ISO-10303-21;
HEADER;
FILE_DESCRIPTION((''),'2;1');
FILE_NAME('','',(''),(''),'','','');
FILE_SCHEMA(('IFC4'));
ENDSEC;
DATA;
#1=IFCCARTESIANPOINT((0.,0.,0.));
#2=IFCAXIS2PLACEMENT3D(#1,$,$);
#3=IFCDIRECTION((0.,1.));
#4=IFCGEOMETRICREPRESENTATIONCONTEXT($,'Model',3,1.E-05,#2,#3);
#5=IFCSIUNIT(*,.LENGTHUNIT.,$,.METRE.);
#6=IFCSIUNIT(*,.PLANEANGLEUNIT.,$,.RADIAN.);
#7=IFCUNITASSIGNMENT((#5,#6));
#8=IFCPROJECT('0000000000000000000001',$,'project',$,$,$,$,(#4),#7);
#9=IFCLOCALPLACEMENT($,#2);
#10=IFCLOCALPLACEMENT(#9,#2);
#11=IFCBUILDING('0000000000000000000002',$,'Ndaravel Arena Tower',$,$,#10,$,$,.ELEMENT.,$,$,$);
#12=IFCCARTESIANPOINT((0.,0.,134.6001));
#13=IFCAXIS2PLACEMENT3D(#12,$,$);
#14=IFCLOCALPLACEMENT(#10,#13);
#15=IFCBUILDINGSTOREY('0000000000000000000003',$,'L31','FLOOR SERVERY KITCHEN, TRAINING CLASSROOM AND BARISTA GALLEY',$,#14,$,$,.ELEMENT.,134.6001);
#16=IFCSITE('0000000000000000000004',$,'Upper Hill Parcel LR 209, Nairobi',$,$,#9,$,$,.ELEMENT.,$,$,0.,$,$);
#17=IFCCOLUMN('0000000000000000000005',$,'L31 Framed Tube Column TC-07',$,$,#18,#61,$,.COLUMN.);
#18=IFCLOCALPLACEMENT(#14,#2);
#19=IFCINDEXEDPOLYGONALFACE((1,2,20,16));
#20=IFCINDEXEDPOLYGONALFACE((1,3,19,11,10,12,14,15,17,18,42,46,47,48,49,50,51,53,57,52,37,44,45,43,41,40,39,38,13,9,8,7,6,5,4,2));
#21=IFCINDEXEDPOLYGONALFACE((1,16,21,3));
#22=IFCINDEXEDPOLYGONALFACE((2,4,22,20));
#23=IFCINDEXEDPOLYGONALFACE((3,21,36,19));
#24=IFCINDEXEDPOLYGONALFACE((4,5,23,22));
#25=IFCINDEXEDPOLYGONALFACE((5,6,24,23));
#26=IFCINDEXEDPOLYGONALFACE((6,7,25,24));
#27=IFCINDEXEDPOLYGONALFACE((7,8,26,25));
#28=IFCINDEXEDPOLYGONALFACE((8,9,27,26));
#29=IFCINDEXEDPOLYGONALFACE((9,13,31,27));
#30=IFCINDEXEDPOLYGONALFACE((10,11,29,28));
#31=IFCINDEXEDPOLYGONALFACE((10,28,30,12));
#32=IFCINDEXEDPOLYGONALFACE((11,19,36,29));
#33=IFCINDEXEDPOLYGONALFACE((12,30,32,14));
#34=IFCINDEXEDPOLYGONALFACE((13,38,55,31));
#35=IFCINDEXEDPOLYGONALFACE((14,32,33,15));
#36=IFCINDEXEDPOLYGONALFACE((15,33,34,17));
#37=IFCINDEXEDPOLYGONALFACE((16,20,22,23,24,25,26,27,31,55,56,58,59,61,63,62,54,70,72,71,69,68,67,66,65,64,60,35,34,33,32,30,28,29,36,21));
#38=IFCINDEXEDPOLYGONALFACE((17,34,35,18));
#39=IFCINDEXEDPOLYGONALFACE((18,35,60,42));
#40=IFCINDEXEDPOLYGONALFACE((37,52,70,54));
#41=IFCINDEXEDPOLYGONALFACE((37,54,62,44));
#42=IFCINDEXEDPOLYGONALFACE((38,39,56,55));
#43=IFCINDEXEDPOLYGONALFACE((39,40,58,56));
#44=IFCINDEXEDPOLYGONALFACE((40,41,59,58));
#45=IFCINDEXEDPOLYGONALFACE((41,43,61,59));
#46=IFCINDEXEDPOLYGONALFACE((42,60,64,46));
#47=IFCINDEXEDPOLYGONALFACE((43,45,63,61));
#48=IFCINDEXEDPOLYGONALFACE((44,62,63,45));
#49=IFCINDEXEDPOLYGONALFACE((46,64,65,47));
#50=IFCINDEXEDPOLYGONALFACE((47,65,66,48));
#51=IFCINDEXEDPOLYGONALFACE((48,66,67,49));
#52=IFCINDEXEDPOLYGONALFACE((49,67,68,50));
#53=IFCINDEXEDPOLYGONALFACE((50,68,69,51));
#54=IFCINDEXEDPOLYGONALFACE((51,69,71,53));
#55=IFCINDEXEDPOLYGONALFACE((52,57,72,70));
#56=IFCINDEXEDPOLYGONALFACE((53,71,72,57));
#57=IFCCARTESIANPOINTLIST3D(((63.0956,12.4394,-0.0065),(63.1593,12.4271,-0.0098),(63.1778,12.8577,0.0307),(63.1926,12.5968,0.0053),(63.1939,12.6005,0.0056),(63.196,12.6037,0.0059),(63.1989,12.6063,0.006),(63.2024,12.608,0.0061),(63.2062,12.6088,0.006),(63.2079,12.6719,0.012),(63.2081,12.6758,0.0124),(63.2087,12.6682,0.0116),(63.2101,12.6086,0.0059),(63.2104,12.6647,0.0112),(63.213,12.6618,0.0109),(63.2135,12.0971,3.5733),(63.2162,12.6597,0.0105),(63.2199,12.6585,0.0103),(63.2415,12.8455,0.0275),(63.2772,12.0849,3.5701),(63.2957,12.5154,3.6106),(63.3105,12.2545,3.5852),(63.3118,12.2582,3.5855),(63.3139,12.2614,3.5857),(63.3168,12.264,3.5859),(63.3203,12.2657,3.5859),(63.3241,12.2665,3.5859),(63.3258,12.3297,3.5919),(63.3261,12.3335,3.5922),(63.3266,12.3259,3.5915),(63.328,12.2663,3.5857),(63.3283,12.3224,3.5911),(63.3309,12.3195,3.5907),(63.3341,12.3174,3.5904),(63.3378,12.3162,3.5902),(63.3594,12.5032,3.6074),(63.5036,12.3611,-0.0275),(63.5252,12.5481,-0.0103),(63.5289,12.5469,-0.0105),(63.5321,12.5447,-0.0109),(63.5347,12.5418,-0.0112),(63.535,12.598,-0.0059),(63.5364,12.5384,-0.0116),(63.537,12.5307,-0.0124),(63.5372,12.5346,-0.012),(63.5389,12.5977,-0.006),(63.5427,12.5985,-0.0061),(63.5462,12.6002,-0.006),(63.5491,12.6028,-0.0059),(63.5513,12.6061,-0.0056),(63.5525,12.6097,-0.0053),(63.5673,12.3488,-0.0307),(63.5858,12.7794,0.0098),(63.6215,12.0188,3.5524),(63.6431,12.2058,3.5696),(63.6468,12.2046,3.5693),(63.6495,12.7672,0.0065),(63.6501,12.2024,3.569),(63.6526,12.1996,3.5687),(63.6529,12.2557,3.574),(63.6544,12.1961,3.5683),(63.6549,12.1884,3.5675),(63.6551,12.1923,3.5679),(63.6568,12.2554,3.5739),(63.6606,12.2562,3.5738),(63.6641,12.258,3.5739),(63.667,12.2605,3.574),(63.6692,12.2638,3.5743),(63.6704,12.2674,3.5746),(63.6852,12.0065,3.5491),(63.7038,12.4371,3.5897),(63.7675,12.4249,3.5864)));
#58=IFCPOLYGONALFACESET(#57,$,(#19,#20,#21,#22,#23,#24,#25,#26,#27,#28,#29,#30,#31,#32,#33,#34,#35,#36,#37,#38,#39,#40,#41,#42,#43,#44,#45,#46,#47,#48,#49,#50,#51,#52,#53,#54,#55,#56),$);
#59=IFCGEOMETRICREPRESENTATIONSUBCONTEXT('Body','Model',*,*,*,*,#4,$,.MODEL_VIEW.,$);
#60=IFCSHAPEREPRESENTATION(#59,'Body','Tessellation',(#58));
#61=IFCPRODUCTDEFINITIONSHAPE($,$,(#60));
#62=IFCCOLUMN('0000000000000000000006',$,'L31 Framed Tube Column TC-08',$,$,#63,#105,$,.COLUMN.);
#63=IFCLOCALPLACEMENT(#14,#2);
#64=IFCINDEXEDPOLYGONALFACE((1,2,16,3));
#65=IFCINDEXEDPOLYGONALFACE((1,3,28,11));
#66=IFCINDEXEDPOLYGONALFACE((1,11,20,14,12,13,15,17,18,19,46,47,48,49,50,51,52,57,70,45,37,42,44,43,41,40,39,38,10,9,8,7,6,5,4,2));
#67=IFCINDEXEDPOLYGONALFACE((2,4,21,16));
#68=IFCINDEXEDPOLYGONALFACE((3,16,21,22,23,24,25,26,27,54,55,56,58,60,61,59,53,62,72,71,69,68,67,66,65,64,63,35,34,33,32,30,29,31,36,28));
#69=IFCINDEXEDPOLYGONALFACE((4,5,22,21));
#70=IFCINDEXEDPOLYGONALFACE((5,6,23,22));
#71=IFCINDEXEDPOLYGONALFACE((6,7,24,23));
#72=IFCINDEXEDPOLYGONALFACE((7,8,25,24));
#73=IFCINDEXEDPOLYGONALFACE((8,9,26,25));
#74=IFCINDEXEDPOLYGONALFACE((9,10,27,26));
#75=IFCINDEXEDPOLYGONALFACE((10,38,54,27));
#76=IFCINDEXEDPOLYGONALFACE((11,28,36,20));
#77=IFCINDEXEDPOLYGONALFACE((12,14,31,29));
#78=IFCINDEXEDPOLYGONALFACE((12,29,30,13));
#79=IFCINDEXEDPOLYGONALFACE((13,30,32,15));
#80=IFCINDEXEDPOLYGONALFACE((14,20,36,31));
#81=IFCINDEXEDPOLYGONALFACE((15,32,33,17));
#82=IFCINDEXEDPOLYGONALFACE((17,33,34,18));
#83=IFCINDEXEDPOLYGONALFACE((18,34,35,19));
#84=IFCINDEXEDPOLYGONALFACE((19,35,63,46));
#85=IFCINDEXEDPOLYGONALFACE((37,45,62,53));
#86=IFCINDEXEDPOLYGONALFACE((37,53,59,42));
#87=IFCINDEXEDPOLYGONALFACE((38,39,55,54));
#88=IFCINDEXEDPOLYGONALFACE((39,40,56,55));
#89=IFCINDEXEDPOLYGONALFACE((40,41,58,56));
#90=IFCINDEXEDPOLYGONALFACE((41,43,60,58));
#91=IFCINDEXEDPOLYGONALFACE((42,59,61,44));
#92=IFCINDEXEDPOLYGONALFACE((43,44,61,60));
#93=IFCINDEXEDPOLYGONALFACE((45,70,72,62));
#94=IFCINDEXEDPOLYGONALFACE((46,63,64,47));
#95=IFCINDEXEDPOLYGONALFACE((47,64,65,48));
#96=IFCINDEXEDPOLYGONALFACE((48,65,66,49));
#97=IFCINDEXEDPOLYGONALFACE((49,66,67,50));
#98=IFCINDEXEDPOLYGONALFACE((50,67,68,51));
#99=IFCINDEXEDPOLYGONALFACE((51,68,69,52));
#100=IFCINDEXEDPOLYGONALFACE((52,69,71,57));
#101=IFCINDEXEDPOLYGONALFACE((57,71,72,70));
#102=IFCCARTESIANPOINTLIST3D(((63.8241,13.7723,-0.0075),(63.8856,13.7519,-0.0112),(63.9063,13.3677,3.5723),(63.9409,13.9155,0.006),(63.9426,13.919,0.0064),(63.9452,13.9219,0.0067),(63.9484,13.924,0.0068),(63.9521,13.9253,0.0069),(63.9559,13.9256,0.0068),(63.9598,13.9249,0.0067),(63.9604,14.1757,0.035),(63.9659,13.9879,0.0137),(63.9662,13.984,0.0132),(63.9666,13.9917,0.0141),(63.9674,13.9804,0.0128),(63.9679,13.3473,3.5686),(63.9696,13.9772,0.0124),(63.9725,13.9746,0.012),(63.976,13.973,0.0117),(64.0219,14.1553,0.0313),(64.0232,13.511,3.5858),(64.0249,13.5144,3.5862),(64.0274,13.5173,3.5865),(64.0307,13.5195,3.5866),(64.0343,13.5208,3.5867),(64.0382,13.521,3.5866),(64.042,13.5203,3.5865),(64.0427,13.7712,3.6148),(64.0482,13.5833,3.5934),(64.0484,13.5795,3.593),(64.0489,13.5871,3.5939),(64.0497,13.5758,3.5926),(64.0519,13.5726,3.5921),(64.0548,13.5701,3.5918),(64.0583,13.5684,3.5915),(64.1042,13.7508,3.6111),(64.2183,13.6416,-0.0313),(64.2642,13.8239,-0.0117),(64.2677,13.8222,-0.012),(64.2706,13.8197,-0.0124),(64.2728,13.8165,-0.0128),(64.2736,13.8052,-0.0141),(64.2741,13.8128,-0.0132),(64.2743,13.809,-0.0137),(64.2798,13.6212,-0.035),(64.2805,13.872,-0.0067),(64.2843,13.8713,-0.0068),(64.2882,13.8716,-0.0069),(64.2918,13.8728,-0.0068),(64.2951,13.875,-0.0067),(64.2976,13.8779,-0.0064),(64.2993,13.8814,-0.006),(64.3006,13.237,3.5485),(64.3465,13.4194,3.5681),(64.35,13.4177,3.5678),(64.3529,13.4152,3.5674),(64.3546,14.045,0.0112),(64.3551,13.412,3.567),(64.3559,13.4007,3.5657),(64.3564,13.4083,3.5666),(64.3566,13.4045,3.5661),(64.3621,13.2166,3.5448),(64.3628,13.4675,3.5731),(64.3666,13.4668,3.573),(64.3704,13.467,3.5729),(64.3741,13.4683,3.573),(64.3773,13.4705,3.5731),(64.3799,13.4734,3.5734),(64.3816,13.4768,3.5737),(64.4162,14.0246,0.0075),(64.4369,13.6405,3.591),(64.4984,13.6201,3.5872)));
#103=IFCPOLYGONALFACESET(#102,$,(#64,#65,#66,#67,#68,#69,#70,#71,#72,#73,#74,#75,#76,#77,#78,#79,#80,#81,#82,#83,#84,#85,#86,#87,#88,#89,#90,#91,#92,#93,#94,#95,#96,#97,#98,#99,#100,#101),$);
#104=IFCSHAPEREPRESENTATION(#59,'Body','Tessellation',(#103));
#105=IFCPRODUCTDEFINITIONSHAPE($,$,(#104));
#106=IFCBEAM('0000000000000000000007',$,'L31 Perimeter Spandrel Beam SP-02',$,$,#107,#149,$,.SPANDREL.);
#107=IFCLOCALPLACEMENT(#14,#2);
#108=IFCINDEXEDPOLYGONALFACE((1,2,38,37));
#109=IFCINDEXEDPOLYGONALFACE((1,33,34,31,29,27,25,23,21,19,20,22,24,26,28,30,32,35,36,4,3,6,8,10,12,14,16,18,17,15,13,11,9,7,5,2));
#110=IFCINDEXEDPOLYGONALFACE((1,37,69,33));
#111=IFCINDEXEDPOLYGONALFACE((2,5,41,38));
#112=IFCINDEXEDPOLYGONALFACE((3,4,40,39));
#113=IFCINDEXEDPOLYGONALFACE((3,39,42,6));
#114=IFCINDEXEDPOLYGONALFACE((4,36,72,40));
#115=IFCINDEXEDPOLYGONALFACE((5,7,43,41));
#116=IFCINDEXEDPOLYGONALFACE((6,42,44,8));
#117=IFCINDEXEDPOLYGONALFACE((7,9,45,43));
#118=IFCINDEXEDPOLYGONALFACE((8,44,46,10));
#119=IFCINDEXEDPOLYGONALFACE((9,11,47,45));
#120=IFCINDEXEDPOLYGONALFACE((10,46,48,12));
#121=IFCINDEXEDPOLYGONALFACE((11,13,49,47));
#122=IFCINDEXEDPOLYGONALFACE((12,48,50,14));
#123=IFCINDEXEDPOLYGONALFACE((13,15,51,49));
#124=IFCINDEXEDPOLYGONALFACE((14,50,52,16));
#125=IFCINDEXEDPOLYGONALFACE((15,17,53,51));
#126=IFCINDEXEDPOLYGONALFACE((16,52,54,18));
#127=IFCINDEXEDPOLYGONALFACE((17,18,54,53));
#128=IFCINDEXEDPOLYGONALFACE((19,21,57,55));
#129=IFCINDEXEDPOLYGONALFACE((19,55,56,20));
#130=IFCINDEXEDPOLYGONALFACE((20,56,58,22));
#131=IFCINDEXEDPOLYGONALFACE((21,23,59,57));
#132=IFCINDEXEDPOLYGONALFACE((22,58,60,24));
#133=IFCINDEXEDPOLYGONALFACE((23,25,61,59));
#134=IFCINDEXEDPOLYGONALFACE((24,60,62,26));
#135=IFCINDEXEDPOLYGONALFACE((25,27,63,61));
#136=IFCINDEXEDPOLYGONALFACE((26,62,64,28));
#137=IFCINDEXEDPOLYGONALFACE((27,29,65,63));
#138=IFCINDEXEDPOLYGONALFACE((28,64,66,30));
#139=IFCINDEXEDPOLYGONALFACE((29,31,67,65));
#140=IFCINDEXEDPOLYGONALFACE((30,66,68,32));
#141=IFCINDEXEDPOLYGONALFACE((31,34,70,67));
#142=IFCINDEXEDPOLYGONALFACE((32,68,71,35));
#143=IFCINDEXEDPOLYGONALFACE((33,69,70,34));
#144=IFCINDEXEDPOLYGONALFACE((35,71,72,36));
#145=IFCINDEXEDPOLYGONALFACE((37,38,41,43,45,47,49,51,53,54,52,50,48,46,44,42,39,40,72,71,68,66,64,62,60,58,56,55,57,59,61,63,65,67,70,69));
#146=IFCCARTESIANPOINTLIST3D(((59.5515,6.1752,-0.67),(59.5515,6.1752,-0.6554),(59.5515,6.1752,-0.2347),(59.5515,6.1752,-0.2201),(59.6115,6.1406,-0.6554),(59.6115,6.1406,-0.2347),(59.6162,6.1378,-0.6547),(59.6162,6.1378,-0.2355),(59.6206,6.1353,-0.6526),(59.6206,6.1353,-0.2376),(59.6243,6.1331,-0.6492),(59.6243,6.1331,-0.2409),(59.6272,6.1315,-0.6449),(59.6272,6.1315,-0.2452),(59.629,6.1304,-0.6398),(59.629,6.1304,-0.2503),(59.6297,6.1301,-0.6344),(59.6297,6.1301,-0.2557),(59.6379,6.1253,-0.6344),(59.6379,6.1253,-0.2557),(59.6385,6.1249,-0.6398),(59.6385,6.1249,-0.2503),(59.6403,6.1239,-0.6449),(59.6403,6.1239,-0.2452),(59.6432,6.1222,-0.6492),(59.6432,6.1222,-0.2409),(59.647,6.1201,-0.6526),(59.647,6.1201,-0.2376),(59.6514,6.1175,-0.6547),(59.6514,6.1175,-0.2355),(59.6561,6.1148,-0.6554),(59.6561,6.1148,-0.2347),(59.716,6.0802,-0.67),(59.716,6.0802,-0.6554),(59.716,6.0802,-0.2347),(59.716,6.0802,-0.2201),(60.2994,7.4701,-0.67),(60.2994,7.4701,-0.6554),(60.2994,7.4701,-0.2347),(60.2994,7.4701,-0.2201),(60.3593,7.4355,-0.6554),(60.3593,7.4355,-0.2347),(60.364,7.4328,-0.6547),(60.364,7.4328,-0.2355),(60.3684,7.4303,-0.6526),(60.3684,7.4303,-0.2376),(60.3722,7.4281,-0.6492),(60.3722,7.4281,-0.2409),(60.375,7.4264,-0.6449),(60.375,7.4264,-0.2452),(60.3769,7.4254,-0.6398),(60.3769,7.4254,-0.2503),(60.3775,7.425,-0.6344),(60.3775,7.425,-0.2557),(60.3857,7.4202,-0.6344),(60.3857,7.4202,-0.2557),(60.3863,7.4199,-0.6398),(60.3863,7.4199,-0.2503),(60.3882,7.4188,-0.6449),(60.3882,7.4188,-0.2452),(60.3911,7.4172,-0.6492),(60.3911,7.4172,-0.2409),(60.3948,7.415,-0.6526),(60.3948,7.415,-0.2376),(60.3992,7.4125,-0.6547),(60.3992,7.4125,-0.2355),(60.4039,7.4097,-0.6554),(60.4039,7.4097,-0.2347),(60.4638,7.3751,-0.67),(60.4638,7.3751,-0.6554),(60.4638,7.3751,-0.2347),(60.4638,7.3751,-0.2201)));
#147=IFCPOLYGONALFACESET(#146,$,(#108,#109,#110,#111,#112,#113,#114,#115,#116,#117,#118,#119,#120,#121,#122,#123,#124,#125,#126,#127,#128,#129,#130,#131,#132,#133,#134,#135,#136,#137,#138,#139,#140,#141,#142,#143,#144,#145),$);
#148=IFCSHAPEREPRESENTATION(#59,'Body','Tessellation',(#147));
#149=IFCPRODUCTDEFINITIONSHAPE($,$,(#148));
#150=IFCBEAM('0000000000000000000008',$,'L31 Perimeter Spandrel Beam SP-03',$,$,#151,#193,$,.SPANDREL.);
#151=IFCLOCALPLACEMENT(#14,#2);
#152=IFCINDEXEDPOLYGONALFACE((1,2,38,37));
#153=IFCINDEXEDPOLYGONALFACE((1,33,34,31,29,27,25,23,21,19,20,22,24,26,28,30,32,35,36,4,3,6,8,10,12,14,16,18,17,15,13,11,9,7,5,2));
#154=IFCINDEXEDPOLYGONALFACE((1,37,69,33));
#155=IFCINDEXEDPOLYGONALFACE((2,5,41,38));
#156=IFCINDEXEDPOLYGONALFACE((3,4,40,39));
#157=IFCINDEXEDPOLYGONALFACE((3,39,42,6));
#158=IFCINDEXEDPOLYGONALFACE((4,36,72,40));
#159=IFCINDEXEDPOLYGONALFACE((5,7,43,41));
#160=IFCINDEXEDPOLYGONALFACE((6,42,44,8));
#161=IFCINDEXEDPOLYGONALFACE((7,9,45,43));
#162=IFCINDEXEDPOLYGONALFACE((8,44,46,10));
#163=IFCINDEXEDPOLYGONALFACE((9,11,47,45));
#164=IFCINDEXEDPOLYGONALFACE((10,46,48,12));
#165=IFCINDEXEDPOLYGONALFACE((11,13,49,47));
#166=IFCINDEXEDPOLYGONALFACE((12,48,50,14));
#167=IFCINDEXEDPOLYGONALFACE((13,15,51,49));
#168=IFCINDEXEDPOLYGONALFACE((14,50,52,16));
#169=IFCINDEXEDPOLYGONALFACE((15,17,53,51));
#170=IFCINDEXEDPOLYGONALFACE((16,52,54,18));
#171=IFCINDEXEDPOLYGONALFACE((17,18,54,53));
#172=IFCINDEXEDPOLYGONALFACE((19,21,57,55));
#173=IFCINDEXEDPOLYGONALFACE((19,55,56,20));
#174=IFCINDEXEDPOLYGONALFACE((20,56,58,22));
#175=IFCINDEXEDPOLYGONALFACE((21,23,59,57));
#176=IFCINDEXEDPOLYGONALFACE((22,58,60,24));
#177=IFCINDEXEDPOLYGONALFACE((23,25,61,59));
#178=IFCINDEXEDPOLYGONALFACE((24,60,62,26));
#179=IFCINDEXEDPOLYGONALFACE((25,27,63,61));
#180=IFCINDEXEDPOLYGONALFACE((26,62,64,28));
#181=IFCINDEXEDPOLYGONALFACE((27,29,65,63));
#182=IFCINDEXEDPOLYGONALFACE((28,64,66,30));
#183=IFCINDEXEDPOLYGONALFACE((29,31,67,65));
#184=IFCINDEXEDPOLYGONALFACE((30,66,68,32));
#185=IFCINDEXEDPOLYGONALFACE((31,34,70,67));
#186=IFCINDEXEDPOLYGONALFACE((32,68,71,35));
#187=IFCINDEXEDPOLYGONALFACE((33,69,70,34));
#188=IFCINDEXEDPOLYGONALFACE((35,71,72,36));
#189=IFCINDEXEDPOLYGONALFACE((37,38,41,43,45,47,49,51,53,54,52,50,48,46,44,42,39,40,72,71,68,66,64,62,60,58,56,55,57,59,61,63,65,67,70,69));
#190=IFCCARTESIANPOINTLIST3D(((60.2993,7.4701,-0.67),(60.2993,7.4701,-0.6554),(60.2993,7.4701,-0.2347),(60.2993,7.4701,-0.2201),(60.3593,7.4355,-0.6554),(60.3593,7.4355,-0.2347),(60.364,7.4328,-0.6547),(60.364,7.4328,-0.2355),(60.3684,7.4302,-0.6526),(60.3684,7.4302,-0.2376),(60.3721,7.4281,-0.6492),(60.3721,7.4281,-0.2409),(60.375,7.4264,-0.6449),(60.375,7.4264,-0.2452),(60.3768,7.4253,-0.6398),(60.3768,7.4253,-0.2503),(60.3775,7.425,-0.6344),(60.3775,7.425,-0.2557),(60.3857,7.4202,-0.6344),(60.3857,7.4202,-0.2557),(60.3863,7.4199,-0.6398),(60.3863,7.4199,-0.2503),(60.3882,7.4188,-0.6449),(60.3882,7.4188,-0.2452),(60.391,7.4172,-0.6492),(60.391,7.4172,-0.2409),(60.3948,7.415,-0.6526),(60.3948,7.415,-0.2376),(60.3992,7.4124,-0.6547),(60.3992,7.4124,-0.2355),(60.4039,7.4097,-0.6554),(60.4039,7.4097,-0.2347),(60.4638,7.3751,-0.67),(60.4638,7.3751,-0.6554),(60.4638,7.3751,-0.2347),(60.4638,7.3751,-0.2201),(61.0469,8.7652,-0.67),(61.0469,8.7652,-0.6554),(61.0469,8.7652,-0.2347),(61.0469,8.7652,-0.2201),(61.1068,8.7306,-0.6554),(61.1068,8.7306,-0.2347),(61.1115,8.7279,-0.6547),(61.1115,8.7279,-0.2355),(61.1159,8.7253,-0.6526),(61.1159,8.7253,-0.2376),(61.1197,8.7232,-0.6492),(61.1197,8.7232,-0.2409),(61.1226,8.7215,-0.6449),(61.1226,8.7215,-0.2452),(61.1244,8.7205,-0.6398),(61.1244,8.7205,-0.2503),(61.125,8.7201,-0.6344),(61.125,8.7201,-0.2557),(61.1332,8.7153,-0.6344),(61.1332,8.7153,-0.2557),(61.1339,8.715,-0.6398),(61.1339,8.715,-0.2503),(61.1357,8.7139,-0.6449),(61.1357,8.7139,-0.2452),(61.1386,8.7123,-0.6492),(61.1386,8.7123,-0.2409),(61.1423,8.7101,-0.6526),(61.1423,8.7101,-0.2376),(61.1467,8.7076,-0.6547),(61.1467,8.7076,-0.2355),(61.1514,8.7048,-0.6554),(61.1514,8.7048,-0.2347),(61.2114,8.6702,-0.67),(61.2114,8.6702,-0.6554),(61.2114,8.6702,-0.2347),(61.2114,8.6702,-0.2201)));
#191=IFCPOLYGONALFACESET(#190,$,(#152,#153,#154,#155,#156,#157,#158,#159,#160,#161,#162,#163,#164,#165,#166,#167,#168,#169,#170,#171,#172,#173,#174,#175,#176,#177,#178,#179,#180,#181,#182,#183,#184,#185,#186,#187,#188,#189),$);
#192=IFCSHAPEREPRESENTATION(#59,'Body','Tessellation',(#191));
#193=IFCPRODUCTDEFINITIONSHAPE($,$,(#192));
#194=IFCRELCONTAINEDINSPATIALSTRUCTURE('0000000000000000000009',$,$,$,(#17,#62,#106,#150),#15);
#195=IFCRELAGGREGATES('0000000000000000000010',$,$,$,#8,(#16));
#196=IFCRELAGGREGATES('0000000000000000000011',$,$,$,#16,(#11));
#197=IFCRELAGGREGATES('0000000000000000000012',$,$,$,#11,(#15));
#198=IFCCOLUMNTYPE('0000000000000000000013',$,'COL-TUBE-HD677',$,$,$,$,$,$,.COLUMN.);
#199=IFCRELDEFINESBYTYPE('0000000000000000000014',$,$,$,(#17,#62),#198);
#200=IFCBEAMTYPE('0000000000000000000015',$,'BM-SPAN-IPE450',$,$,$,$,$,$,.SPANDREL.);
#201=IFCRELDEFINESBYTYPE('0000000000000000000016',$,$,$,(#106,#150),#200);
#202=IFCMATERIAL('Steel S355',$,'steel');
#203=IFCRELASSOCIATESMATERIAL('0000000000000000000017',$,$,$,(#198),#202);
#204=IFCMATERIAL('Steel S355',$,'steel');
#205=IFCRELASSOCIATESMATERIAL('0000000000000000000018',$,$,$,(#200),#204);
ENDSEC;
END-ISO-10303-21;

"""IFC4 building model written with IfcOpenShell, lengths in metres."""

from ifc_helpers import new_model, si_unit, direction, frame, origin, origin_2d, place, context, subcontext, project, spatial, i_section, extrude, material, material_profile, profile_set, type_object, element, save


model = new_model("IFC4")

# Units and contexts
model_context = context("Model", 3, precision=1e-05, world=origin(), true_north=direction((0.0, 1.0)))
body_context = subcontext(model_context, "Body", "Model", "MODEL_VIEW")
ifc_project = project(units=[si_unit("LENGTHUNIT", "METRE"), si_unit("PLANEANGLEUNIT", "RADIAN")], contexts=[model_context])

# Site, building, storey
site_placement = place(None, origin())
site = spatial("IfcSite", under=ifc_project, at=site_placement, Name="Upper Hill Parcel LR 209, Nairobi", CompositionType="ELEMENT", RefElevation=0.0)
building_placement = place(site_placement, origin())
building = spatial("IfcBuilding", under=site, at=building_placement, Name="Ndaravel Arena Tower", CompositionType="ELEMENT")
storey_placement = place(building_placement, frame((0.0, 0.0, 134.6001)))
storey = spatial("IfcBuildingStorey", under=building, at=storey_placement, Name="L31", Description="FLOOR SERVERY KITCHEN, TRAINING CLASSROOM AND BARISTA GALLEY", CompositionType="ELEMENT", Elevation=134.6001)

# Columns
ifc_material_1 = material(Name="Steel S355", Category="steel")
ifc_material_profile_1 = material_profile(ifc_material_1, i_section(OverallWidth=0.428, OverallDepth=0.481, WebThickness=0.051, FlangeThickness=0.0649, FilletRadius=0.0149, at=origin_2d()), Name="HD 400x677")
ifc_profile_set_1 = profile_set([ifc_material_profile_1], Name="Steel S355")
column_type = type_object("IfcColumnType", Name="COL-TUBE-HD677", PredefinedType="COLUMN", material=ifc_profile_set_1)
column_1_placement = place(storey_placement, frame((63.3726, 12.6033, 0.0), z_axis=(0.032773, -0.09513, 0.994925), x_axis=(0.192082, 0.977503, 0.087137)))
element("IfcColumn", 1, at=column_1_placement, inside=storey, type_object=column_type, Name="L31 Framed Tube Column TC-07", PredefinedType="COLUMN", context=body_context, shape_type="SweptSolid", body=[
    extrude(i_section(OverallWidth=0.428, OverallDepth=0.481, WebThickness=0.051, FlangeThickness=0.0649, FilletRadius=0.0149, at=origin_2d()), origin(), (0.0, 0.0, 1.0), 3.5981),
])
column_2_placement = place(storey_placement, frame((64.1201, 13.8984, 0.0), z_axis=(0.022832, -0.112262, 0.993416), x_axis=(0.318507, 0.942714, 0.099212)))
element("IfcColumn", 2, at=column_2_placement, inside=storey, type_object=column_type, Name="L31 Framed Tube Column TC-08", PredefinedType="COLUMN", context=body_context, shape_type="SweptSolid", body=[
    extrude(i_section(OverallWidth=0.428, OverallDepth=0.481, WebThickness=0.051, FlangeThickness=0.0649, FilletRadius=0.0149, at=origin_2d()), origin(), (0.0, 0.0, 1.0), 3.6035),
])

# Beams
ifc_material_2 = material(Name="Steel S355", Category="steel")
ifc_material_profile_2 = material_profile(ifc_material_2, i_section(OverallWidth=0.1899, OverallDepth=0.45, WebThickness=0.0095, FlangeThickness=0.0146, FilletRadius=0.021, at=origin_2d()), Name="IPE 450")
ifc_profile_set_2 = profile_set([ifc_material_profile_2], Name="Steel S355")
beam_type = type_object("IfcBeamType", Name="BM-SPAN-IPE450", PredefinedType="SPANDREL", material=ifc_profile_set_2)
for number, where, z_axis, x_axis, name in (
    (3, (59.6338, 6.1277, -0.4451), (0.50009, 0.865973, 0.0), (-0.865973, 0.50009, 0.0), "L31 Perimeter Spandrel Beam SP-02"),
    (4, (60.3816, 7.4226, -0.4451), (0.499897, 0.866085, 0.0), (-0.866085, 0.499897, 0.0), "L31 Perimeter Spandrel Beam SP-03"),
):
    element("IfcBeam", number, at=place(storey_placement, frame(where, z_axis=z_axis, x_axis=x_axis)), inside=storey, type_object=beam_type, Name=name, PredefinedType="SPANDREL", context=body_context, shape_type="SweptSolid", body=[
        extrude(i_section(OverallWidth=0.1899, OverallDepth=0.45, WebThickness=0.0095, FlangeThickness=0.0146, FilletRadius=0.021, at=origin_2d()), origin(), (0.0, 0.0, 1.0), 1.4954),
    ])

save(model, "model.ifc")
